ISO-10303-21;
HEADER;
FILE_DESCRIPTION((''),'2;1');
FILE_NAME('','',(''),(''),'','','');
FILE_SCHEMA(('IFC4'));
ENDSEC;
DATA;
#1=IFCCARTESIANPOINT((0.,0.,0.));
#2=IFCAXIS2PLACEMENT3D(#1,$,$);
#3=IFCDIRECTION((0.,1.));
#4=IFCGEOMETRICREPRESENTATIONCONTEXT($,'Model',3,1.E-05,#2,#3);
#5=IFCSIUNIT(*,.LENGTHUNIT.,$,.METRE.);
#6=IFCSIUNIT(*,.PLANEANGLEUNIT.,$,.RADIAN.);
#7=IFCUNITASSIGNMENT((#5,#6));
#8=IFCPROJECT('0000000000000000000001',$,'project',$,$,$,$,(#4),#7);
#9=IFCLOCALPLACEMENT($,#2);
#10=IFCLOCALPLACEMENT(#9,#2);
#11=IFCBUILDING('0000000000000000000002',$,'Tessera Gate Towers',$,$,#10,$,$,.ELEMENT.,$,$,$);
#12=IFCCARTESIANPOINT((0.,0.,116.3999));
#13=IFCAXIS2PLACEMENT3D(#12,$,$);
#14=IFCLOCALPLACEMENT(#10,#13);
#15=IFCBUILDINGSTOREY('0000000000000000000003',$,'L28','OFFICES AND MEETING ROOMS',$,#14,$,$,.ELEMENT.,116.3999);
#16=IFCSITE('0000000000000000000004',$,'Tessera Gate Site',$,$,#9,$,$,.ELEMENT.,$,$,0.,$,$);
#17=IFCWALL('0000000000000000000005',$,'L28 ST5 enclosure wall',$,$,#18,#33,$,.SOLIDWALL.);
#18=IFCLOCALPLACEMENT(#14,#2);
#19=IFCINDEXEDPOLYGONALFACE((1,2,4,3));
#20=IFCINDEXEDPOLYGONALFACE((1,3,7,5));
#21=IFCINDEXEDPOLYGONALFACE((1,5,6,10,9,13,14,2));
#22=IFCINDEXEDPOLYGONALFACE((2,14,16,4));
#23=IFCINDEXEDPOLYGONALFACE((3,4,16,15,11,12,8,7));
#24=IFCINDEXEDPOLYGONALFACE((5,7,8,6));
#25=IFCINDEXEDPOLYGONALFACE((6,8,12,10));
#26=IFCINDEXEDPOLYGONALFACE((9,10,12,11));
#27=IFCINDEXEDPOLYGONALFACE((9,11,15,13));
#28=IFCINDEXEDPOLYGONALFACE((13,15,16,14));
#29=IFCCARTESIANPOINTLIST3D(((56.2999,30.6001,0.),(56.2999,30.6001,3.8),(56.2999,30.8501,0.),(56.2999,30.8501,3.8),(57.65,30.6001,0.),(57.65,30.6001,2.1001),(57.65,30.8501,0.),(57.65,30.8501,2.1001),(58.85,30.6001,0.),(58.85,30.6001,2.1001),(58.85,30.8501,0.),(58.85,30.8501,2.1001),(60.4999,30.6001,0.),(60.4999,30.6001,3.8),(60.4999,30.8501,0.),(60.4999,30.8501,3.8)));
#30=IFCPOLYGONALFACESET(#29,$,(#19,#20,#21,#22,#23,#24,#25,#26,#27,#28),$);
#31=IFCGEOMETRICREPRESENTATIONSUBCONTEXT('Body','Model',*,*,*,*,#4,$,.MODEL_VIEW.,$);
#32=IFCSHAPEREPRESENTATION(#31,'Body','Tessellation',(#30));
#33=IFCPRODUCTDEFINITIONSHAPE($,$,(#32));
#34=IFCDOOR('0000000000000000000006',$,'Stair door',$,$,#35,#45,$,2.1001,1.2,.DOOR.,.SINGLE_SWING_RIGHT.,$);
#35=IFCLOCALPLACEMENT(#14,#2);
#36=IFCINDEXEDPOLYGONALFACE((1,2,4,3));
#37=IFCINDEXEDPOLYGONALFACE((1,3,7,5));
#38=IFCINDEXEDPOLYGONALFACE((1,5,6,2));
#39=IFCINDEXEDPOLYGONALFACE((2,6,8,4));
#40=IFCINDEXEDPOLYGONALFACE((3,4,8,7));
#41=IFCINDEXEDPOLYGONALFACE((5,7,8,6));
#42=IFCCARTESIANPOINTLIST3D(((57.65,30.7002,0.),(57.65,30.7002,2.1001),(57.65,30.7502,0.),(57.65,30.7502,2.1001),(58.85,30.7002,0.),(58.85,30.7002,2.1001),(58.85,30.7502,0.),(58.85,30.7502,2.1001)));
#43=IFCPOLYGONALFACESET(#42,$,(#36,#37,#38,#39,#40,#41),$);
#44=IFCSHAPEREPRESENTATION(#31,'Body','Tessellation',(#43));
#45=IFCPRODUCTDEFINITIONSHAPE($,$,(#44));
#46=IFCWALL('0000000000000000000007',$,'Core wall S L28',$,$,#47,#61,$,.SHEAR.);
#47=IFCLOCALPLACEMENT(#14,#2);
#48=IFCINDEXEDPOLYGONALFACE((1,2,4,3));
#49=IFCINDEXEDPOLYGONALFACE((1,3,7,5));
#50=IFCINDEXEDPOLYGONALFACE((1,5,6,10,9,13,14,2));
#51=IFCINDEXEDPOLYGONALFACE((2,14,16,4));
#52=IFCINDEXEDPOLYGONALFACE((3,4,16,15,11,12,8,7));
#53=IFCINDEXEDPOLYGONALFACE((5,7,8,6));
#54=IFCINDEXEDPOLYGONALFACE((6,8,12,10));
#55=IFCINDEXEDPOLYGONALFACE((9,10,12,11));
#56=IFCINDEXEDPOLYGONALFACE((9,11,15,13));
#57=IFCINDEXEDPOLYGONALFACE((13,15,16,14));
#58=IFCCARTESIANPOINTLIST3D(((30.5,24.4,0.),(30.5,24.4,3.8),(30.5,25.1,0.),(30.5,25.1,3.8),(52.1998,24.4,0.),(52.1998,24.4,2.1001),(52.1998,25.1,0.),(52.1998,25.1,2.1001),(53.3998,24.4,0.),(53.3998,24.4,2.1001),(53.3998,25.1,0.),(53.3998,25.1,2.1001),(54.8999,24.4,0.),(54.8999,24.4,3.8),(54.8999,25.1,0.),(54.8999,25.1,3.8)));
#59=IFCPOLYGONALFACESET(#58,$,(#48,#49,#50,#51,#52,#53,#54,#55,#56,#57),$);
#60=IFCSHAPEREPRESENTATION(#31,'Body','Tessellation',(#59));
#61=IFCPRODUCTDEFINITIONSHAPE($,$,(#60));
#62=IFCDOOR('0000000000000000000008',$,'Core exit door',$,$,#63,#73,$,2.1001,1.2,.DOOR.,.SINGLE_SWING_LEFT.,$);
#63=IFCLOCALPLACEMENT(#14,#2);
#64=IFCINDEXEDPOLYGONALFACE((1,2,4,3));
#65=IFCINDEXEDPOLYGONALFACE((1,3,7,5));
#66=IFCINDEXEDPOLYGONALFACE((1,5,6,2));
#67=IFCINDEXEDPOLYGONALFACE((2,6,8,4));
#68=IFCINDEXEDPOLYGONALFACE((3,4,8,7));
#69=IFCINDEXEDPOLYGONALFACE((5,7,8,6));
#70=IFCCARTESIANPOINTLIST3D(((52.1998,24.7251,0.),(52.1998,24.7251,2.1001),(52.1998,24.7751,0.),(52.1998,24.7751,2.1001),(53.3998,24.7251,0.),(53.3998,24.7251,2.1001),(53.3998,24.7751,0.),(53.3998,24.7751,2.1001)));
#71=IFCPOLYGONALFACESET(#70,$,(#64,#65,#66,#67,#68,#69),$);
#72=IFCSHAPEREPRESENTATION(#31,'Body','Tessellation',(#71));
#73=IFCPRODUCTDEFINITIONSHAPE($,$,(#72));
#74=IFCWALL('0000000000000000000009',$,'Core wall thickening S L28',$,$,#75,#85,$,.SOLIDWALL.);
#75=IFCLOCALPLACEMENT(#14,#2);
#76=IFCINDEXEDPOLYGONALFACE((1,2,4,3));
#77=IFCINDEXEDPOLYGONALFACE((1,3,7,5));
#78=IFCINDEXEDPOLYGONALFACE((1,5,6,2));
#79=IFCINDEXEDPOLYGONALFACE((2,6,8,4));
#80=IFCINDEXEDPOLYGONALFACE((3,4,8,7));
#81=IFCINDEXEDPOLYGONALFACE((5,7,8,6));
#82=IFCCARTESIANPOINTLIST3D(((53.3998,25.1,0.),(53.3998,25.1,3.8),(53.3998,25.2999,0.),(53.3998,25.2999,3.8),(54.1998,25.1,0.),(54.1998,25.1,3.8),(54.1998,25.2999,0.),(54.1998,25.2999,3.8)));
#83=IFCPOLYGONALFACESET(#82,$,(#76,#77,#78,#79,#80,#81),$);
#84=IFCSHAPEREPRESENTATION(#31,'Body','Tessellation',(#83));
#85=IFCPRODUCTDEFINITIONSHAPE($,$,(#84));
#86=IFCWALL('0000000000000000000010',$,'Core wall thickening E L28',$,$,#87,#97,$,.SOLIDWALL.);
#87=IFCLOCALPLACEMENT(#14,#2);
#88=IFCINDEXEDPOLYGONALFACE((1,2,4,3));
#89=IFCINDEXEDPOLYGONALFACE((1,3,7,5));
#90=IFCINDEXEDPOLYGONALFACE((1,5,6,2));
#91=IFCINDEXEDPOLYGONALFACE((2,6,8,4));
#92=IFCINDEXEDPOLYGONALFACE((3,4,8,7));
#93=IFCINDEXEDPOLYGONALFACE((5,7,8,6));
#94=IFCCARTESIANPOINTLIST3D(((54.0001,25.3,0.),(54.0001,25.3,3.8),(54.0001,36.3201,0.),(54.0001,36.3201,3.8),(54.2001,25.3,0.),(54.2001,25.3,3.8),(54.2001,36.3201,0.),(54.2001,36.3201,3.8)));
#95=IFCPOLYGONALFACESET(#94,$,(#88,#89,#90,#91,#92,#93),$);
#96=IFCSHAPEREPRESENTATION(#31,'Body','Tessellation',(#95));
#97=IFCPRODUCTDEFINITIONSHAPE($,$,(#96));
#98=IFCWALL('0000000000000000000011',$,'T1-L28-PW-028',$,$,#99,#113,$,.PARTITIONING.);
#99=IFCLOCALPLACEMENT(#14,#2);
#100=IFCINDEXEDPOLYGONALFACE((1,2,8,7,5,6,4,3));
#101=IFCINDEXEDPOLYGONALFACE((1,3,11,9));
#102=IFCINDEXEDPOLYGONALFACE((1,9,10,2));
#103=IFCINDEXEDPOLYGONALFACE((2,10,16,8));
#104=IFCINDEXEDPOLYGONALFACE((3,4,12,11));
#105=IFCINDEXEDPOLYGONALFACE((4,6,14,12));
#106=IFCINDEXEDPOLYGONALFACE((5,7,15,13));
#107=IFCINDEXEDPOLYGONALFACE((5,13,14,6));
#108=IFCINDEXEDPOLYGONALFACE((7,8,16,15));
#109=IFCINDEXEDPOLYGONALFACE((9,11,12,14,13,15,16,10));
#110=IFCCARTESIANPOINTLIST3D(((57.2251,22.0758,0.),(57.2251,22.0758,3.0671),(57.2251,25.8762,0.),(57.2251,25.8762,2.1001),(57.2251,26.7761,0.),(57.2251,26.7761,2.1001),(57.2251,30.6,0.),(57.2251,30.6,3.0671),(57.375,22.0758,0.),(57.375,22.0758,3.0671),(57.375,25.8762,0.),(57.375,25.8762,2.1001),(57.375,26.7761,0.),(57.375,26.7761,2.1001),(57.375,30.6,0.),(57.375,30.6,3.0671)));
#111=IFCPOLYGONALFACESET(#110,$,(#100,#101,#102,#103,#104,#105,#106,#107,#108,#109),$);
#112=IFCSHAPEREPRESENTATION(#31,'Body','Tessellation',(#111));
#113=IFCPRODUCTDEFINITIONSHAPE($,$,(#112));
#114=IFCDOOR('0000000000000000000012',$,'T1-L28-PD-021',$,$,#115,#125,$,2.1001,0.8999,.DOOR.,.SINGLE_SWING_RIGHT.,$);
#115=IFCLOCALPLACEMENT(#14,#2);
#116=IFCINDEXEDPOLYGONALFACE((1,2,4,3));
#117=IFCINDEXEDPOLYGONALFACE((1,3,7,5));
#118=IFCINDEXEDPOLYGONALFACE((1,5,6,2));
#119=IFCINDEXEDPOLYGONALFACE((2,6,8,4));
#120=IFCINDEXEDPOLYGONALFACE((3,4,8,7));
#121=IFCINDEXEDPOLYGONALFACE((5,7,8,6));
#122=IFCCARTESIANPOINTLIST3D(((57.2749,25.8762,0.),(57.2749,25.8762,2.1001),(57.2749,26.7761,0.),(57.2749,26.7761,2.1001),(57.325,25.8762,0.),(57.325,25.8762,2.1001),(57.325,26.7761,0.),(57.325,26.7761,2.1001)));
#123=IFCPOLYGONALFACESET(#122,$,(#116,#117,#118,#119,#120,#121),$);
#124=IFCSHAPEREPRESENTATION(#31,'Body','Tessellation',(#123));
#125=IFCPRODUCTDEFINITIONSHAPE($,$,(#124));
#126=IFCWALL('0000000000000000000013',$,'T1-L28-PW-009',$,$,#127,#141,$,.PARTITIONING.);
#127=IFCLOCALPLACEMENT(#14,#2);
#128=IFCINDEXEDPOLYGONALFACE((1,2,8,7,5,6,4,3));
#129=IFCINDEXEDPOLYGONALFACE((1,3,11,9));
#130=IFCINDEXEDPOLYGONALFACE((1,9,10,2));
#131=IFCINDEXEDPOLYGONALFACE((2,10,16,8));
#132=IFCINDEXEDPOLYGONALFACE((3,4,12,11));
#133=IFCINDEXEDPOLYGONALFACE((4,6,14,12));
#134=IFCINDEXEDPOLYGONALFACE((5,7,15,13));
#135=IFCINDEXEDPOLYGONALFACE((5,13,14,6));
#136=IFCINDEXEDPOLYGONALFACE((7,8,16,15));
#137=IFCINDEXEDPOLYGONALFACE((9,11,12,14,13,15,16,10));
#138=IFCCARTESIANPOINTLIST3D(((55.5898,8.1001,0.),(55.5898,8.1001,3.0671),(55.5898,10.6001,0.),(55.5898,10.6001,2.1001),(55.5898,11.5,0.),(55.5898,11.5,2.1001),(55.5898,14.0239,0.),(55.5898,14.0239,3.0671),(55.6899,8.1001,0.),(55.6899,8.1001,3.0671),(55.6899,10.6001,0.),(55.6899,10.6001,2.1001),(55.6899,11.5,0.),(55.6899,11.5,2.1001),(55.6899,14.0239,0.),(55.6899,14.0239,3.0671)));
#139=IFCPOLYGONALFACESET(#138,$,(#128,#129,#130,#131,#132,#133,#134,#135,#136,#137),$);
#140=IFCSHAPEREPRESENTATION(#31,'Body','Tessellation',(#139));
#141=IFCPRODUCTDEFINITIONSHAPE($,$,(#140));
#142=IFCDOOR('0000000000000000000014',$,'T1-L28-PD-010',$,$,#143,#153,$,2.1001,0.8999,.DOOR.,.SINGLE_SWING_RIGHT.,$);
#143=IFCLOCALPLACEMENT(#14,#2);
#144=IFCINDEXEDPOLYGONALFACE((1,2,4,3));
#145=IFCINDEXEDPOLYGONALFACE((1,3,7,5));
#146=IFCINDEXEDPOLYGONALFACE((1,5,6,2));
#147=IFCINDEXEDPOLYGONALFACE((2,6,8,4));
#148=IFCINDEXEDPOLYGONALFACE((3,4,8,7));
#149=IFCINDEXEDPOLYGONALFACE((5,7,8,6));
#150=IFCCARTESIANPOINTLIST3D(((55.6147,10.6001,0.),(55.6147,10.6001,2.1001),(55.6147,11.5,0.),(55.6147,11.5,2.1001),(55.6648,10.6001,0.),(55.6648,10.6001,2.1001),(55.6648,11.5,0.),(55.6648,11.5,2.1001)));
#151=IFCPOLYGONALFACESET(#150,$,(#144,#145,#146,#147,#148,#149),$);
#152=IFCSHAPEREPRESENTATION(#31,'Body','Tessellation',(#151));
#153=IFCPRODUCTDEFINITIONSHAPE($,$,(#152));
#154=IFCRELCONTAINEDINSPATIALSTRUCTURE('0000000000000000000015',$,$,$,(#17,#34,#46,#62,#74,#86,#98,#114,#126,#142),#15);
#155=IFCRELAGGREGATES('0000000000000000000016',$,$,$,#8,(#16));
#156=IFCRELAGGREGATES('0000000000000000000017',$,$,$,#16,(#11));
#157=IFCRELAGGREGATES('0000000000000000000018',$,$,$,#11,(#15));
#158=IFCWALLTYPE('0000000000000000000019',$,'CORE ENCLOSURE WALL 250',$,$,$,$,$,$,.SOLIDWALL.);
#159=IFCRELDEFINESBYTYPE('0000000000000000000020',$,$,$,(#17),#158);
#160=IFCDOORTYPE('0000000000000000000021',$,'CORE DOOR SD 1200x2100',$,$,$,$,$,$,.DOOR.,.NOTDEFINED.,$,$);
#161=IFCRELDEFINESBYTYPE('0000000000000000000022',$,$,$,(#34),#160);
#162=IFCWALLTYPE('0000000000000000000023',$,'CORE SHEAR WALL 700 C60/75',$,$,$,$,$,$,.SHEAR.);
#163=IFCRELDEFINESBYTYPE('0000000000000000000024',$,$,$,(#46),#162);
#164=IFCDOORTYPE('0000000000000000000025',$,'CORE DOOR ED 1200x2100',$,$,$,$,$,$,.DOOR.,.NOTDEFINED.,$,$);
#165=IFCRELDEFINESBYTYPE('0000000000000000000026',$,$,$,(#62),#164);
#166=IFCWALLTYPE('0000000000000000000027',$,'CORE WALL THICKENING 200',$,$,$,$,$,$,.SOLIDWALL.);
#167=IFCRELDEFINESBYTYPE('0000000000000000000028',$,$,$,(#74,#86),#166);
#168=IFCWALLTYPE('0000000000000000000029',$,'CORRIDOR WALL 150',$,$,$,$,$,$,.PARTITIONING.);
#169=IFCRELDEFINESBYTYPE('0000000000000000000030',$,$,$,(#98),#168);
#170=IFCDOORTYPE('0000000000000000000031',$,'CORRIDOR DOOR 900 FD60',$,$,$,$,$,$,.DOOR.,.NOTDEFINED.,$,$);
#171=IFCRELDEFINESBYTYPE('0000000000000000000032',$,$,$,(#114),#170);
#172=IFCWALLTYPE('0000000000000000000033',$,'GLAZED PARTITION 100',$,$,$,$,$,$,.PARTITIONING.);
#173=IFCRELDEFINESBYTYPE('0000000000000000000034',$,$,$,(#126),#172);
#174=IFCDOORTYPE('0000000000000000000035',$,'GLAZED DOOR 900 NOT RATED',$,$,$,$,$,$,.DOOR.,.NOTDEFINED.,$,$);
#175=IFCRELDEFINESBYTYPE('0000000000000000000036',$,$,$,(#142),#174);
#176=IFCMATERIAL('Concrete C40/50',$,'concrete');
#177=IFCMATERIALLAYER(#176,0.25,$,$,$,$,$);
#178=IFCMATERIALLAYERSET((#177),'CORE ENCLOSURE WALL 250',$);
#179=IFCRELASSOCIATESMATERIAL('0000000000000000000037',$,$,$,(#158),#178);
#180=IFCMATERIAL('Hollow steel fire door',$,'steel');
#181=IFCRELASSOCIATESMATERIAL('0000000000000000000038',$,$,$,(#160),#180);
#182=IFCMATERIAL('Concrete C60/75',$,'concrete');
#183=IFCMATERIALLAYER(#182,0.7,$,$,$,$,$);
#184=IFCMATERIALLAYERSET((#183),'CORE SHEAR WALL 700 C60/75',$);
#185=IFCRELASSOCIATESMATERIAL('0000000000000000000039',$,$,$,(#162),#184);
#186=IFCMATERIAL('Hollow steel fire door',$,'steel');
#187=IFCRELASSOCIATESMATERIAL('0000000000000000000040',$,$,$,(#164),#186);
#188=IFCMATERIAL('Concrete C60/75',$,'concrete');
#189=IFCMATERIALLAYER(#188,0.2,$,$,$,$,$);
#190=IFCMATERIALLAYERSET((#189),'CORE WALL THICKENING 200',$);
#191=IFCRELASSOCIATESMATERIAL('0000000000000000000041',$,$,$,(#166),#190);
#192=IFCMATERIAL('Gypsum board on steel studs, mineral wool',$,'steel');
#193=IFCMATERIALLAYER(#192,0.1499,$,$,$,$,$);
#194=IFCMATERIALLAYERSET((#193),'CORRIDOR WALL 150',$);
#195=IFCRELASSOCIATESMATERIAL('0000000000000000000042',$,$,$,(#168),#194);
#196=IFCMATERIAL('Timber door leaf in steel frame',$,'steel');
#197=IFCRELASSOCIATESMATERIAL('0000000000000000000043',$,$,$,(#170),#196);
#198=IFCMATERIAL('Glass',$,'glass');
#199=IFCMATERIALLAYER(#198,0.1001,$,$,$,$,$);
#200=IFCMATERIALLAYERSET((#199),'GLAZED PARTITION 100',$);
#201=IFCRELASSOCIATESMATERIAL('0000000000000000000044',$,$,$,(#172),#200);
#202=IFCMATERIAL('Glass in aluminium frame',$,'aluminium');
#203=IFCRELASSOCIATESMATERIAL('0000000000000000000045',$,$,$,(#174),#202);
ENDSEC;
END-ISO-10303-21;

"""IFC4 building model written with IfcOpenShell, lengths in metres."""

from ifc_helpers import new_model, si_unit, direction, frame, frame_2d, origin, place, context, subcontext, project, spatial, rectangle, extrude, source, transform, mapped, material, layer, layer_set, type_object, element, fill, save


model = new_model("IFC4")

# Units and contexts
model_context = context("Model", 3, precision=1e-05, world=origin(), true_north=direction((0.0, 1.0)))
body_context = subcontext(model_context, "Body", "Model", "MODEL_VIEW")
ifc_project = project(units=[si_unit("LENGTHUNIT", "METRE"), si_unit("PLANEANGLEUNIT", "RADIAN")], contexts=[model_context])

# Site, building, storey
site_placement = place(None, origin())
site = spatial("IfcSite", under=ifc_project, at=site_placement, Name="Tessera Gate Site", CompositionType="ELEMENT", RefElevation=0.0)
building_placement = place(site_placement, origin())
building = spatial("IfcBuilding", under=site, at=building_placement, Name="Tessera Gate Towers", CompositionType="ELEMENT")
storey_placement = place(building_placement, frame((0.0, 0.0, 116.3999)))
storey = spatial("IfcBuildingStorey", under=building, at=storey_placement, Name="L28", Description="OFFICES AND MEETING ROOMS", CompositionType="ELEMENT", Elevation=116.3999)

# Walls, openings, doors
ifc_material_1 = material(Name="Concrete C40/50", Category="concrete")
ifc_layer_1 = layer(ifc_material_1, 0.25)
ifc_layer_set_1 = layer_set([ifc_layer_1], Name="CORE ENCLOSURE WALL 250")
wall_type_1 = type_object("IfcWallType", Name="CORE ENCLOSURE WALL 250", PredefinedType="SOLIDWALL", material=ifc_layer_set_1)
shared_shape_1 = source(origin(), body_context, "Body", "SweptSolid", [
    extrude(rectangle(XDim=1.2, YDim=2.1001, at=frame_2d((0.6001, 1.05))), frame((0.0, 0.135, 0.0), z_axis=(0.0, -1.0, 0.0), x_axis=(1.0, 0.0, 0.0)), (0.0, 0.0, 1.0), 0.27),
])
ifc_material_2 = material(Name="Hollow steel fire door", Category="steel")
door_type_1 = type_object("IfcDoorType", Name="CORE DOOR SD 1200x2100", OperationType="NOTDEFINED", PredefinedType="DOOR", material=ifc_material_2)
shared_shape_2 = source(origin(), body_context, "Body", "SweptSolid", [
    extrude(rectangle(XDim=1.2, YDim=2.1001, at=frame_2d((0.6001, 1.05))), frame((0.0, 0.0249, 0.0), z_axis=(0.0, -1.0, 0.0), x_axis=(1.0, 0.0, 0.0)), (0.0, 0.0, 1.0), 0.05),
])
wall_1_placement = place(storey_placement, frame((60.5, 30.7251, 0.0), z_axis=(0.0, 0.0, 1.0), x_axis=(-1.0, 0.0, 0.0)))
wall_1 = element("IfcWall", 1, at=wall_1_placement, inside=storey, type_object=wall_type_1, Name="L28 ST5 enclosure wall", PredefinedType="SOLIDWALL", context=body_context, shape_type="SweptSolid", body=[
    extrude(rectangle(XDim=4.2, YDim=0.25, at=frame_2d((2.1001, 0.0))), origin(), (0.0, 0.0, 1.0), 3.8),
])
opening_1_placement = place(wall_1_placement, frame((1.6499, 0.0, 0.0)))
opening_1 = element("IfcOpeningElement", 2, at=opening_1_placement, cuts=wall_1, PredefinedType="OPENING", context=body_context, shape_type="MappedRepresentation", body=[
    mapped(shared_shape_1, transform((0.0, 0.0, 0.0), scale=1.0)),
])
door_1_placement = place(opening_1_placement, origin())
door_1 = element("IfcDoor", 3, at=door_1_placement, inside=storey, type_object=door_type_1, Name="Stair door", OperationType="SINGLE_SWING_RIGHT", OverallHeight=2.1001, OverallWidth=1.2, PredefinedType="DOOR", context=body_context, shape_type="MappedRepresentation", body=[
    mapped(shared_shape_2, transform((0.0, 0.0, 0.0), scale=1.0)),
])
fill(opening_1, door_1)
ifc_material_3 = material(Name="Concrete C60/75", Category="concrete")
ifc_layer_2 = layer(ifc_material_3, 0.7)
ifc_layer_set_2 = layer_set([ifc_layer_2], Name="CORE SHEAR WALL 700 C60/75")
wall_type_2 = type_object("IfcWallType", Name="CORE SHEAR WALL 700 C60/75", PredefinedType="SHEAR", material=ifc_layer_set_2)
wall_2_placement = place(storey_placement, frame((54.8999, 24.75, 0.0), z_axis=(0.0, 0.0, 1.0), x_axis=(-1.0, 0.0, 0.0)))
wall_2 = element("IfcWall", 4, at=wall_2_placement, inside=storey, type_object=wall_type_2, Name="Core wall S L28", PredefinedType="SHEAR", context=body_context, shape_type="SweptSolid", body=[
    extrude(rectangle(XDim=24.3999, YDim=0.7, at=frame_2d((12.2, 0.0))), origin(), (0.0, 0.0, 1.0), 3.8),
])
shared_shape_3 = source(origin(), body_context, "Body", "SweptSolid", [
    extrude(rectangle(XDim=1.2, YDim=2.1001, at=frame_2d((0.6001, 1.05))), frame((0.0, 0.3599, 0.0), z_axis=(0.0, -1.0, 0.0), x_axis=(1.0, 0.0, 0.0)), (0.0, 0.0, 1.0), 0.72),
])
opening_2_placement = place(wall_2_placement, frame((1.5, 0.0, 0.0)))
opening_2 = element("IfcOpeningElement", 5, at=opening_2_placement, cuts=wall_2, PredefinedType="OPENING", context=body_context, shape_type="MappedRepresentation", body=[
    mapped(shared_shape_3, transform((0.0, 0.0, 0.0), scale=1.0)),
])
ifc_material_4 = material(Name="Hollow steel fire door", Category="steel")
door_type_2 = type_object("IfcDoorType", Name="CORE DOOR ED 1200x2100", OperationType="NOTDEFINED", PredefinedType="DOOR", material=ifc_material_4)
door_2_placement = place(opening_2_placement, origin())
door_2 = element("IfcDoor", 6, at=door_2_placement, inside=storey, type_object=door_type_2, Name="Core exit door", OperationType="SINGLE_SWING_LEFT", OverallHeight=2.1001, OverallWidth=1.2, PredefinedType="DOOR", context=body_context, shape_type="MappedRepresentation", body=[
    mapped(shared_shape_2, transform((0.0, 0.0, 0.0), scale=1.0)),
])
fill(opening_2, door_2)

# Walls
ifc_material_5 = material(Name="Concrete C60/75", Category="concrete")
ifc_layer_3 = layer(ifc_material_5, 0.2)
ifc_layer_set_3 = layer_set([ifc_layer_3], Name="CORE WALL THICKENING 200")
wall_type_3 = type_object("IfcWallType", Name="CORE WALL THICKENING 200", PredefinedType="SOLIDWALL", material=ifc_layer_set_3)
wall_3_placement = place(storey_placement, frame((53.3999, 25.2, 0.0), z_axis=(0.0, 0.0, 1.0), x_axis=(1.0, 0.0, 0.0)))
element("IfcWall", 7, at=wall_3_placement, inside=storey, type_object=wall_type_3, Name="Core wall thickening S L28", PredefinedType="SOLIDWALL", context=body_context, shape_type="SweptSolid", body=[
    extrude(rectangle(XDim=0.8, YDim=0.2, at=frame_2d((0.3999, 0.0))), origin(), (0.0, 0.0, 1.0), 3.8),
])
wall_4_placement = place(storey_placement, frame((54.1001, 25.3, 0.0), z_axis=(0.0, 0.0, 1.0), x_axis=(0.0, 1.0, 0.0)))
element("IfcWall", 8, at=wall_4_placement, inside=storey, type_object=wall_type_3, Name="Core wall thickening E L28", PredefinedType="SOLIDWALL", context=body_context, shape_type="SweptSolid", body=[
    extrude(rectangle(XDim=11.02, YDim=0.2, at=frame_2d((5.51, 0.0))), origin(), (0.0, 0.0, 1.0), 3.8),
])

# Walls, openings, doors
ifc_material_6 = material(Name="Gypsum board on steel studs, mineral wool", Category="steel")
ifc_layer_4 = layer(ifc_material_6, 0.1499)
ifc_layer_set_4 = layer_set([ifc_layer_4], Name="CORRIDOR WALL 150")
wall_type_4 = type_object("IfcWallType", Name="CORRIDOR WALL 150", PredefinedType="PARTITIONING", material=ifc_layer_set_4)
wall_5_placement = place(storey_placement, frame((57.3, 30.6001, 0.0), z_axis=(0.0, 0.0, 1.0), x_axis=(0.0, -1.0, 0.0)))
wall_5 = element("IfcWall", 9, at=wall_5_placement, inside=storey, type_object=wall_type_4, Name="T1-L28-PW-028", PredefinedType="PARTITIONING", context=body_context, shape_type="SweptSolid", body=[
    extrude(rectangle(XDim=8.5242, YDim=0.1499, at=frame_2d((4.2622, 0.0))), origin(), (0.0, 0.0, 1.0), 3.0671),
])
shared_shape_4 = source(origin(), body_context, "Body", "SweptSolid", [
    extrude(rectangle(XDim=0.8999, YDim=2.1001, at=frame_2d((0.45, 1.05))), frame((0.0, 0.085, 0.0), z_axis=(0.0, -1.0, 0.0), x_axis=(1.0, 0.0, 0.0)), (0.0, 0.0, 1.0), 0.1699),
])
opening_3_placement = place(wall_5_placement, frame((3.824, 0.0, 0.0)))
opening_3 = element("IfcOpeningElement", 10, at=opening_3_placement, cuts=wall_5, PredefinedType="OPENING", context=body_context, shape_type="MappedRepresentation", body=[
    mapped(shared_shape_4, transform((0.0, 0.0, 0.0), scale=1.0)),
])
ifc_material_7 = material(Name="Timber door leaf in steel frame", Category="steel")
door_type_3 = type_object("IfcDoorType", Name="CORRIDOR DOOR 900 FD60", OperationType="NOTDEFINED", PredefinedType="DOOR", material=ifc_material_7)
shared_shape_5 = source(origin(), body_context, "Body", "SweptSolid", [
    extrude(rectangle(XDim=0.8999, YDim=2.1001, at=frame_2d((0.45, 1.05))), frame((0.0, 0.0249, 0.0), z_axis=(0.0, -1.0, 0.0), x_axis=(1.0, 0.0, 0.0)), (0.0, 0.0, 1.0), 0.05),
])
door_3_placement = place(opening_3_placement, origin())
door_3 = element("IfcDoor", 11, at=door_3_placement, inside=storey, type_object=door_type_3, Name="T1-L28-PD-021", OperationType="SINGLE_SWING_RIGHT", OverallHeight=2.1001, OverallWidth=0.8999, PredefinedType="DOOR", context=body_context, shape_type="MappedRepresentation", body=[
    mapped(shared_shape_5, transform((0.0, 0.0, 0.0), scale=1.0)),
])
fill(opening_3, door_3)
ifc_material_8 = material(Name="Glass", Category="glass")
ifc_layer_5 = layer(ifc_material_8, 0.1001)
ifc_layer_set_5 = layer_set([ifc_layer_5], Name="GLAZED PARTITION 100")
wall_type_5 = type_object("IfcWallType", Name="GLAZED PARTITION 100", PredefinedType="PARTITIONING", material=ifc_layer_set_5)
wall_6_placement = place(storey_placement, frame((55.6399, 14.0239, 0.0), z_axis=(0.0, 0.0, 1.0), x_axis=(0.0, -1.0, 0.0)))
wall_6 = element("IfcWall", 12, at=wall_6_placement, inside=storey, type_object=wall_type_5, Name="T1-L28-PW-009", PredefinedType="PARTITIONING", context=body_context, shape_type="SweptSolid", body=[
    extrude(rectangle(XDim=5.9238, YDim=0.1001, at=frame_2d((2.9619, 0.0))), origin(), (0.0, 0.0, 1.0), 3.0671),
])
shared_shape_6 = source(origin(), body_context, "Body", "SweptSolid", [
    extrude(rectangle(XDim=0.8999, YDim=2.1001, at=frame_2d((0.45, 1.05))), frame((0.0, 0.0601, 0.0), z_axis=(0.0, -1.0, 0.0), x_axis=(1.0, 0.0, 0.0)), (0.0, 0.0, 1.0), 0.1201),
])
opening_4_placement = place(wall_6_placement, frame((2.5239, 0.0, 0.0)))
opening_4 = element("IfcOpeningElement", 13, at=opening_4_placement, cuts=wall_6, PredefinedType="OPENING", context=body_context, shape_type="MappedRepresentation", body=[
    mapped(shared_shape_6, transform((0.0, 0.0, 0.0), scale=1.0)),
])
ifc_material_9 = material(Name="Glass in aluminium frame", Category="aluminium")
door_type_4 = type_object("IfcDoorType", Name="GLAZED DOOR 900 NOT RATED", OperationType="NOTDEFINED", PredefinedType="DOOR", material=ifc_material_9)
door_4_placement = place(opening_4_placement, origin())
door_4 = element("IfcDoor", 14, at=door_4_placement, inside=storey, type_object=door_type_4, Name="T1-L28-PD-010", OperationType="SINGLE_SWING_RIGHT", OverallHeight=2.1001, OverallWidth=0.8999, PredefinedType="DOOR", context=body_context, shape_type="MappedRepresentation", body=[
    mapped(shared_shape_5, transform((0.0, 0.0, 0.0), scale=1.0)),
])
fill(opening_4, door_4)

save(model, "model.ifc")
